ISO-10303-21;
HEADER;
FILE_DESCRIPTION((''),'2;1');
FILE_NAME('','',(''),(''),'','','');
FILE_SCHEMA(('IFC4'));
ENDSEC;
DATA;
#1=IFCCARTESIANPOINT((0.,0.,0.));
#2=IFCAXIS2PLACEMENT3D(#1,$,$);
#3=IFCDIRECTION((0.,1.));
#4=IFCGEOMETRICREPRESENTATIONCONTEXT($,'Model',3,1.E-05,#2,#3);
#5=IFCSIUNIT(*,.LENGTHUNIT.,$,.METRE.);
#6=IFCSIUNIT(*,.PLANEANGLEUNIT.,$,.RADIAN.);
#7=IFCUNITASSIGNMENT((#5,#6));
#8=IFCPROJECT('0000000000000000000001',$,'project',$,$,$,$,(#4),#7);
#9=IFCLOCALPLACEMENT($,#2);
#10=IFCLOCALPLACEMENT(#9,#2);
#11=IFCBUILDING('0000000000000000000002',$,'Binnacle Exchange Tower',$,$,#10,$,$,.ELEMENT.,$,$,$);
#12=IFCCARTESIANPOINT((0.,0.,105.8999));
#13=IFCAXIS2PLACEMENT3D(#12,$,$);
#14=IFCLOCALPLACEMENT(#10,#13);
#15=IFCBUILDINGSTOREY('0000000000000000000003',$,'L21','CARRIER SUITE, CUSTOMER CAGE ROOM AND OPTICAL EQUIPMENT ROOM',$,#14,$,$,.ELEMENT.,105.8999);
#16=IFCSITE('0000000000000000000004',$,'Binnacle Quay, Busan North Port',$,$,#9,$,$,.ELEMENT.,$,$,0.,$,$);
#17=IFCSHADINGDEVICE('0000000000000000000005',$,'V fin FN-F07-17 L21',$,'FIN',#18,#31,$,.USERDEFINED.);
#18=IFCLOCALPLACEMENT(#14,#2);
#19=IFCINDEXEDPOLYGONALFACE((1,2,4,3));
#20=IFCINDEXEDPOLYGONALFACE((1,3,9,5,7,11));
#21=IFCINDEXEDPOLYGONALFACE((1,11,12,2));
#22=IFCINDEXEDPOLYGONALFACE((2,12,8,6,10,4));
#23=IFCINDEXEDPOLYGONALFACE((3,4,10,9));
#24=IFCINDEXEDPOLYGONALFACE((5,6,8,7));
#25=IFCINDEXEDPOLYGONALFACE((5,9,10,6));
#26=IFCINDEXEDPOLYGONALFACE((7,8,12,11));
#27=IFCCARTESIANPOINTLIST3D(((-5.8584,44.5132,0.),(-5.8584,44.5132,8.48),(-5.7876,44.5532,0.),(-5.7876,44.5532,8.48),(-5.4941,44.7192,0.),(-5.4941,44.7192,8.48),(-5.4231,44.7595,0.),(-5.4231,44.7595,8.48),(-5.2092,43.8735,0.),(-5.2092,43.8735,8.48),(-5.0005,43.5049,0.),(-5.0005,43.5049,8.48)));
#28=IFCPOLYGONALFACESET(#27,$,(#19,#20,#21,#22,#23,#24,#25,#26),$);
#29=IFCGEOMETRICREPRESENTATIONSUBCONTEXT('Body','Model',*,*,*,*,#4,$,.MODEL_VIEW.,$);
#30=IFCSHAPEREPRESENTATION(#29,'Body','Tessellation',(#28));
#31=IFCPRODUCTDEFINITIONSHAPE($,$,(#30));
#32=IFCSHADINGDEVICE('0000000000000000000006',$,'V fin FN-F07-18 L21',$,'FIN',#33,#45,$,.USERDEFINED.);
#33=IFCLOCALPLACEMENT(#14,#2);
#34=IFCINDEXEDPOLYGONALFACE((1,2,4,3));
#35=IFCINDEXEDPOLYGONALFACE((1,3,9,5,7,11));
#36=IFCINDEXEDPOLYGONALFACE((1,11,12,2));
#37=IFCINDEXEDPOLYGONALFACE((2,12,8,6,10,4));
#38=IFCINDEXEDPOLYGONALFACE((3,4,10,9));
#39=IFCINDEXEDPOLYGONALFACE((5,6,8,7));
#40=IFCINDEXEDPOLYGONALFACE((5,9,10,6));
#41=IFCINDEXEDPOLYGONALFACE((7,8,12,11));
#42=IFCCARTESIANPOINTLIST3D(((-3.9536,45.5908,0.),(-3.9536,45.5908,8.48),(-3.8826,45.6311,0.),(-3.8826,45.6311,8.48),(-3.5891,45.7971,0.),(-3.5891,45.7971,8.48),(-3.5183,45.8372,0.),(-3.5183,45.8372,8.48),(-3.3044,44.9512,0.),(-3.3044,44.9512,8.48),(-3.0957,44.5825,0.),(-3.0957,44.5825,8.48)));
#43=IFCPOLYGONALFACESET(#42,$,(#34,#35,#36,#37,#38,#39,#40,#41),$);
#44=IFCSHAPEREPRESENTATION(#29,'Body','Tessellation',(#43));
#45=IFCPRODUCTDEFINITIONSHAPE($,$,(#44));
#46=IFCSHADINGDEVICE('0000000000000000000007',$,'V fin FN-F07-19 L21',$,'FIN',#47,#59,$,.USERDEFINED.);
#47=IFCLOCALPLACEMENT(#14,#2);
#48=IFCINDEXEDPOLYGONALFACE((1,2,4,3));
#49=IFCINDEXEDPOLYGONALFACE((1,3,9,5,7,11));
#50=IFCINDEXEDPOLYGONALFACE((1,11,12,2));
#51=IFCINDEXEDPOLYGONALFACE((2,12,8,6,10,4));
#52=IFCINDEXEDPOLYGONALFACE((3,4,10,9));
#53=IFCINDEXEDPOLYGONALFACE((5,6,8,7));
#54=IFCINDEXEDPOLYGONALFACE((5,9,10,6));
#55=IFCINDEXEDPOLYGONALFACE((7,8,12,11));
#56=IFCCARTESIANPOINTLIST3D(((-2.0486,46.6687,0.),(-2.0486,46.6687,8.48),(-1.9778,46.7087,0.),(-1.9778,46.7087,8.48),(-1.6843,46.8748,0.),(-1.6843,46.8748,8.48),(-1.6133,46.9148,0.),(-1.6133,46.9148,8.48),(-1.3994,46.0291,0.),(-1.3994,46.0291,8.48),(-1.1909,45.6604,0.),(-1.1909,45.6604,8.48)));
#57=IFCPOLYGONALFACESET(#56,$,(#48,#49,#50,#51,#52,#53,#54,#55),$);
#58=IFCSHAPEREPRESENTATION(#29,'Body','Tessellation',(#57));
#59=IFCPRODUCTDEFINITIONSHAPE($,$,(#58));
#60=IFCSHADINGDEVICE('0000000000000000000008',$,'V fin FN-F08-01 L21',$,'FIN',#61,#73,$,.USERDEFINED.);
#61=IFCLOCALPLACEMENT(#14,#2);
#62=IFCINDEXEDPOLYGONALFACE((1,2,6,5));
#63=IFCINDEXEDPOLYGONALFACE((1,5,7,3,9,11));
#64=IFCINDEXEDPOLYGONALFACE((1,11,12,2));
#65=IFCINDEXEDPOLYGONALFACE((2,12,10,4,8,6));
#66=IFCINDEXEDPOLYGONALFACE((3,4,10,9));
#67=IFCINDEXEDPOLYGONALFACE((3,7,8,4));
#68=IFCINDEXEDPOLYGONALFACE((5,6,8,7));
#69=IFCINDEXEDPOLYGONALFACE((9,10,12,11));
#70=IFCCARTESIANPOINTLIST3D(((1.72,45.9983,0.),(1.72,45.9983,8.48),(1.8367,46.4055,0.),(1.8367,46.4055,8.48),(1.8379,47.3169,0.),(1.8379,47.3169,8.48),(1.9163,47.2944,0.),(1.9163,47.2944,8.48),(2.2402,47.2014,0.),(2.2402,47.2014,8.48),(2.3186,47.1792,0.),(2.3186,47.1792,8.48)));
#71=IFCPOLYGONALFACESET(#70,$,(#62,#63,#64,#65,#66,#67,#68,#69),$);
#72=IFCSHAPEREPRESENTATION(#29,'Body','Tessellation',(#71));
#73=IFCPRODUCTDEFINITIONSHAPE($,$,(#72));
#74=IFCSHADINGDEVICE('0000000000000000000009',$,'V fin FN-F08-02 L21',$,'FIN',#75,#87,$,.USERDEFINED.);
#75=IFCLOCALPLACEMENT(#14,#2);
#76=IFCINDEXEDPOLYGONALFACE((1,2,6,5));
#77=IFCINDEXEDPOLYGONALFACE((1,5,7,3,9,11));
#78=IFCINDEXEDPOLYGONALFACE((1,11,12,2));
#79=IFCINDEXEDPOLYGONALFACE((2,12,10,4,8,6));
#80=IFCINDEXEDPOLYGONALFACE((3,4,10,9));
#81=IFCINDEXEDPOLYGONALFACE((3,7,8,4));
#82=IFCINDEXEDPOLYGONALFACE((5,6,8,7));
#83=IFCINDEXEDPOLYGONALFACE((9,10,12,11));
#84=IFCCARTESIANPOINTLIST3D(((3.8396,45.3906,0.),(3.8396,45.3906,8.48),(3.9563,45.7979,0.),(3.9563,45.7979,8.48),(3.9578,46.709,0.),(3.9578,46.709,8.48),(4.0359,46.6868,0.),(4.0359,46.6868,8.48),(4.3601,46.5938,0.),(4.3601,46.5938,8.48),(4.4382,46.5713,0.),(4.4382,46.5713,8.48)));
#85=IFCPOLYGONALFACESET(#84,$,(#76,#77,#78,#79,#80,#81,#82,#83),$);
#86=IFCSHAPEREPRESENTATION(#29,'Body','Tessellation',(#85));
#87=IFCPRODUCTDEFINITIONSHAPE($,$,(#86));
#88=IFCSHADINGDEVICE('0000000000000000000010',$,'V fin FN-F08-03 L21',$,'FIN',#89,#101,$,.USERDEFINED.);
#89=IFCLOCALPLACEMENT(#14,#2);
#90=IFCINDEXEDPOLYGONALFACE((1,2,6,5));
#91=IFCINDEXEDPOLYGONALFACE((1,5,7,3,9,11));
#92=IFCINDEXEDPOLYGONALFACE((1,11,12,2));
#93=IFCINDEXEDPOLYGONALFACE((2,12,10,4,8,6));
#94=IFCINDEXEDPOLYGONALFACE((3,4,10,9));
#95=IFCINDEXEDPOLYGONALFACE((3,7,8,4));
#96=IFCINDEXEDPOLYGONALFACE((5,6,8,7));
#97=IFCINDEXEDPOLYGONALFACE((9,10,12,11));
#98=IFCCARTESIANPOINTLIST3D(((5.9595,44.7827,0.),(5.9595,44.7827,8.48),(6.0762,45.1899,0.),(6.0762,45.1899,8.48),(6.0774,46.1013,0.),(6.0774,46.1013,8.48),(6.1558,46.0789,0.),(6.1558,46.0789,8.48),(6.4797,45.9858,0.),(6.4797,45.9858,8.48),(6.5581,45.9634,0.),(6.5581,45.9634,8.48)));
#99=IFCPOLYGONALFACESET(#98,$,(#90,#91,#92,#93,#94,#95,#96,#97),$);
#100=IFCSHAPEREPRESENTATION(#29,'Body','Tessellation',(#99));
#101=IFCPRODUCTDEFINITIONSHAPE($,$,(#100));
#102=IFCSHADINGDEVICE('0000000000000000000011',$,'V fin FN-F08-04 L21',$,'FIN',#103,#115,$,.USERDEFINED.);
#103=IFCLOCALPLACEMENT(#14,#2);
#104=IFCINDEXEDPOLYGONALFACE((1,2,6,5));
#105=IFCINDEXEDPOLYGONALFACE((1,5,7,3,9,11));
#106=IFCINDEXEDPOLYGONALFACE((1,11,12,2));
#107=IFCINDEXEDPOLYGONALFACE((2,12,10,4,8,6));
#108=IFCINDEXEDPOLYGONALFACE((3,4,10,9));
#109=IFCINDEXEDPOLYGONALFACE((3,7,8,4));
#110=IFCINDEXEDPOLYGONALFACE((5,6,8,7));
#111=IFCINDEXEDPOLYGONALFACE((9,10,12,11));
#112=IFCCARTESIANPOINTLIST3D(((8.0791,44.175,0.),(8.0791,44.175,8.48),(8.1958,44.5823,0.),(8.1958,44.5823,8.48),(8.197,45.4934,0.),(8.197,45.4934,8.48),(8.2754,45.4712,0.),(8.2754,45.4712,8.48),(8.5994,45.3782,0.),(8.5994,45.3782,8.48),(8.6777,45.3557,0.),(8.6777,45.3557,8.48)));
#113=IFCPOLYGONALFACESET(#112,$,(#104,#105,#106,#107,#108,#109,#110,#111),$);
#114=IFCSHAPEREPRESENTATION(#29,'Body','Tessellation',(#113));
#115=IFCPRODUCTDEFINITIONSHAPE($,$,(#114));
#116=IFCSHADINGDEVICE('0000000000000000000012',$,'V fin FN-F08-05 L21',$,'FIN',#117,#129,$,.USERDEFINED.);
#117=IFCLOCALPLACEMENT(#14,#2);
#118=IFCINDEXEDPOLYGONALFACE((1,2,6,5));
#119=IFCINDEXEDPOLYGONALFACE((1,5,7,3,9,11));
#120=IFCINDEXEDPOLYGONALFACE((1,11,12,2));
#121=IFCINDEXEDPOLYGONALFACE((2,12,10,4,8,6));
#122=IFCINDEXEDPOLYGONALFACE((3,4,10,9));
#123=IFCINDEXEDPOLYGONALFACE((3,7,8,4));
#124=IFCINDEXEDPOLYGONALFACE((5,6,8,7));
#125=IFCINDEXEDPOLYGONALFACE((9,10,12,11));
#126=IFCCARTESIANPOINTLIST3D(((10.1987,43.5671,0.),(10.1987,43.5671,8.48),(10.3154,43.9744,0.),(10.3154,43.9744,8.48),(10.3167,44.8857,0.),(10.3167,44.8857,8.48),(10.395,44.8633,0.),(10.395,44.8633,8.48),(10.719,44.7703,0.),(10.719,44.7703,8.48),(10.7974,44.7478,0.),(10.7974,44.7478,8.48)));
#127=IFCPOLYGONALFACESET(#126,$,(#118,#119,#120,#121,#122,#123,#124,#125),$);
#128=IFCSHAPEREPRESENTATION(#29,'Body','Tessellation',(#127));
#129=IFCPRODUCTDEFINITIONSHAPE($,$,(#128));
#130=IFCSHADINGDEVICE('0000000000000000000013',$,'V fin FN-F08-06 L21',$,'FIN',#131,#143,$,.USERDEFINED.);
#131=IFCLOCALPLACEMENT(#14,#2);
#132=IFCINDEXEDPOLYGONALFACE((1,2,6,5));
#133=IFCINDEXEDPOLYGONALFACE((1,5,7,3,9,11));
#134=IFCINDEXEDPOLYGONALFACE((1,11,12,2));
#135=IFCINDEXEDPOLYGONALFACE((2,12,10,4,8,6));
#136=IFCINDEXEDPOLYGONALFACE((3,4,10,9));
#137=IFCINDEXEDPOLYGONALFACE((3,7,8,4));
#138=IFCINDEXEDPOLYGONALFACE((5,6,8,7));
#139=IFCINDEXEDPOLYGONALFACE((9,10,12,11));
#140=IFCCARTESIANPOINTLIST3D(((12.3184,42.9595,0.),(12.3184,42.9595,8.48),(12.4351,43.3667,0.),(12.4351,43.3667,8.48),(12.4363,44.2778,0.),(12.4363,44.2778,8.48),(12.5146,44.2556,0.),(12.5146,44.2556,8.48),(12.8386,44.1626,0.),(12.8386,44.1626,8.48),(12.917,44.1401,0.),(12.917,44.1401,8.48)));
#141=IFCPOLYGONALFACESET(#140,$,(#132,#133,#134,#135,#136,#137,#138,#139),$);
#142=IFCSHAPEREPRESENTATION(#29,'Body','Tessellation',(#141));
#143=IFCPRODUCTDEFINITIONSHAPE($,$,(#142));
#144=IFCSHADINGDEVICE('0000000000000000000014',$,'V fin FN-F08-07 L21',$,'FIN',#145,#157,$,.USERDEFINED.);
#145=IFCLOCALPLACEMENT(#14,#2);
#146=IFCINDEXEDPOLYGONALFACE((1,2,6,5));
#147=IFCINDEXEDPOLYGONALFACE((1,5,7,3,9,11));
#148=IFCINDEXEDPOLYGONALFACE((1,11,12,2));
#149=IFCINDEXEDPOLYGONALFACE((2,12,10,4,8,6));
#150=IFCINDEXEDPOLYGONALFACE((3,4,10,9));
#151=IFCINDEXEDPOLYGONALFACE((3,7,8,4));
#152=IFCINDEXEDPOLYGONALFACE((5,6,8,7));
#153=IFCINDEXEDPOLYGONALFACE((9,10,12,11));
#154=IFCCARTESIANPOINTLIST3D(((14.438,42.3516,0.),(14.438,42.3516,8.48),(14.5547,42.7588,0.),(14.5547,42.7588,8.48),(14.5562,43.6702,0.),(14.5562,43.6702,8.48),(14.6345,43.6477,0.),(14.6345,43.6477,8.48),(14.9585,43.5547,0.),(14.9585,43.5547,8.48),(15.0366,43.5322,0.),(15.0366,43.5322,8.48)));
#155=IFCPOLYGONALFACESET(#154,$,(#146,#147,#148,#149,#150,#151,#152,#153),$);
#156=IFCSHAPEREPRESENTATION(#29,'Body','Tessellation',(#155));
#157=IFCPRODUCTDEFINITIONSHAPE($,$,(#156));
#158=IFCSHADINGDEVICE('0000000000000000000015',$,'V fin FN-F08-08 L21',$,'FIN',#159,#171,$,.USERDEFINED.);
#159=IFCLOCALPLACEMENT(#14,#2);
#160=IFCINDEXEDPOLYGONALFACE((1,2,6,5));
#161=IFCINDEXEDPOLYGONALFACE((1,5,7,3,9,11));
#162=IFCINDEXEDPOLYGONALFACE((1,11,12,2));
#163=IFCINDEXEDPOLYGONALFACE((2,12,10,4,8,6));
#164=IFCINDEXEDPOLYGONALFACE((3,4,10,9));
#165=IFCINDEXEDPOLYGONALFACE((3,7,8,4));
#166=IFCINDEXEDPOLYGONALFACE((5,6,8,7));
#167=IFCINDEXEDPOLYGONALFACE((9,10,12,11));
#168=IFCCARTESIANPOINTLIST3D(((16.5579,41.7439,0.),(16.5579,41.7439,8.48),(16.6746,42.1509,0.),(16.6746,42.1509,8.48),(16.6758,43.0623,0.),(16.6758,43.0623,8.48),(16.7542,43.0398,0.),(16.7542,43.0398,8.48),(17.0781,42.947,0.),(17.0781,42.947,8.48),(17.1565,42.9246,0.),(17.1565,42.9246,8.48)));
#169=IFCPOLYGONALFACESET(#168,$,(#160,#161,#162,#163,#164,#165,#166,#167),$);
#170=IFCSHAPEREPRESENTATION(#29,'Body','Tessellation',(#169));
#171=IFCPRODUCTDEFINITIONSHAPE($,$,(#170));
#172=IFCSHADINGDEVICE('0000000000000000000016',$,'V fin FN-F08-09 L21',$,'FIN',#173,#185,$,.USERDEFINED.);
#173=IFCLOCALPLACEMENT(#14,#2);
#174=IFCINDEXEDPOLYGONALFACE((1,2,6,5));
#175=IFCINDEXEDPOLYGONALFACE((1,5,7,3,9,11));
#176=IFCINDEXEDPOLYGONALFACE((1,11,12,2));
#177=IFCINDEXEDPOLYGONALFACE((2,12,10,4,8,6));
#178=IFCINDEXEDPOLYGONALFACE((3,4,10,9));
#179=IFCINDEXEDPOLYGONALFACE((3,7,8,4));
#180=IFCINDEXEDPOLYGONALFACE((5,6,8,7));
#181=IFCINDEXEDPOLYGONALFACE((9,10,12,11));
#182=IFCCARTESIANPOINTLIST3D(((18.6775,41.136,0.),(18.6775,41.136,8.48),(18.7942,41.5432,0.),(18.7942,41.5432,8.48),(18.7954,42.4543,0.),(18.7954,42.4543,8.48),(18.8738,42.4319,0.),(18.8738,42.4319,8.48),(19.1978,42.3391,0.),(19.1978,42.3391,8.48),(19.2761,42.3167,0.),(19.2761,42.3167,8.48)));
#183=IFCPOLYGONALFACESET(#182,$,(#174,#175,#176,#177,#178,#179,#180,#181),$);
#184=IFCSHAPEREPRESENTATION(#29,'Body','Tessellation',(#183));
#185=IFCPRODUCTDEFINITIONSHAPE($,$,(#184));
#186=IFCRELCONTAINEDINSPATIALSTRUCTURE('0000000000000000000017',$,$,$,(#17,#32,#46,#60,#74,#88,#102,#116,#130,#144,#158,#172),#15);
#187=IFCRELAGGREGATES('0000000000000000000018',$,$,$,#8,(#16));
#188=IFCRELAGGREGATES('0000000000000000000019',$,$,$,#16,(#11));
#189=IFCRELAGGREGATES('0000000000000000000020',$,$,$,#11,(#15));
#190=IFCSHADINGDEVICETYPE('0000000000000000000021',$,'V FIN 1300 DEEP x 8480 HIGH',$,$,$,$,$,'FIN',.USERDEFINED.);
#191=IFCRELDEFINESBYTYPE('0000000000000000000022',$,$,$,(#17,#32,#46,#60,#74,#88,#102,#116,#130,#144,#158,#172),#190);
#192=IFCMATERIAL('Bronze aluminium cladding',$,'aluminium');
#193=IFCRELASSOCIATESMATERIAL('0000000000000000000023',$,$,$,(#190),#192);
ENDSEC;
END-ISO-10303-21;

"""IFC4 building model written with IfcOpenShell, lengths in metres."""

from ifc_helpers import new_model, si_unit, direction, frame, origin, place, context, subcontext, project, spatial, polyline, outline, extrude, material, type_object, element, save


model = new_model("IFC4")

# Units and contexts
model_context = context("Model", 3, precision=1e-05, world=origin(), true_north=direction((0.0, 1.0)))
body_context = subcontext(model_context, "Body", "Model", "MODEL_VIEW")
ifc_project = project(units=[si_unit("LENGTHUNIT", "METRE"), si_unit("PLANEANGLEUNIT", "RADIAN")], contexts=[model_context])

# Site, building, storey
site_placement = place(None, origin())
site = spatial("IfcSite", under=ifc_project, at=site_placement, Name="Binnacle Quay, Busan North Port", CompositionType="ELEMENT", RefElevation=0.0)
building_placement = place(site_placement, origin())
building = spatial("IfcBuilding", under=site, at=building_placement, Name="Binnacle Exchange Tower", CompositionType="ELEMENT")
storey_placement = place(building_placement, frame((0.0, 0.0, 105.8999)))
storey = spatial("IfcBuildingStorey", under=building, at=storey_placement, Name="L21", Description="CARRIER SUITE, CUSTOMER CAGE ROOM AND OPTICAL EQUIPMENT ROOM", CompositionType="ELEMENT", Elevation=105.8999)

# Shading devices
ifc_material = material(Name="Bronze aluminium cladding", Category="aluminium")
shading_device_type = type_object("IfcShadingDeviceType", Name="V FIN 1300 DEEP x 8480 HIGH", ElementType="FIN", PredefinedType="USERDEFINED", material=ifc_material)
shading_device_1_placement = place(storey_placement, origin())
element("IfcShadingDevice", 1, at=shading_device_1_placement, inside=storey, type_object=shading_device_type, Name="V fin FN-F07-17 L21", ObjectType="FIN", PredefinedType="USERDEFINED", context=body_context, shape_type="SweptSolid", body=[
    extrude(outline(polyline([(-5.8584, 44.5132), (-5.0005, 43.5049), (-5.4231, 44.7595), (-5.4941, 44.7192), (-5.2092, 43.8735), (-5.7876, 44.5532), (-5.8584, 44.5132)])), origin(), (0.0, 0.0, 1.0), 8.48),
])
shading_device_2_placement = place(storey_placement, origin())
element("IfcShadingDevice", 2, at=shading_device_2_placement, inside=storey, type_object=shading_device_type, Name="V fin FN-F07-18 L21", ObjectType="FIN", PredefinedType="USERDEFINED", context=body_context, shape_type="SweptSolid", body=[
    extrude(outline(polyline([(-3.9536, 45.5908), (-3.0957, 44.5825), (-3.5183, 45.8372), (-3.5891, 45.7971), (-3.3044, 44.9512), (-3.8826, 45.6311), (-3.9536, 45.5908)])), origin(), (0.0, 0.0, 1.0), 8.48),
])
shading_device_3_placement = place(storey_placement, origin())
element("IfcShadingDevice", 3, at=shading_device_3_placement, inside=storey, type_object=shading_device_type, Name="V fin FN-F07-19 L21", ObjectType="FIN", PredefinedType="USERDEFINED", context=body_context, shape_type="SweptSolid", body=[
    extrude(outline(polyline([(-2.0486, 46.6687), (-1.1909, 45.6604), (-1.6133, 46.9148), (-1.6843, 46.8748), (-1.3994, 46.0291), (-1.9778, 46.7087), (-2.0486, 46.6687)])), origin(), (0.0, 0.0, 1.0), 8.48),
])
shading_device_4_placement = place(storey_placement, origin())
element("IfcShadingDevice", 4, at=shading_device_4_placement, inside=storey, type_object=shading_device_type, Name="V fin FN-F08-01 L21", ObjectType="FIN", PredefinedType="USERDEFINED", context=body_context, shape_type="SweptSolid", body=[
    extrude(outline(polyline([(1.8379, 47.3169), (1.72, 45.9983), (2.3186, 47.1792), (2.2402, 47.2014), (1.8367, 46.4055), (1.9163, 47.2944), (1.8379, 47.3169)])), origin(), (0.0, 0.0, 1.0), 8.48),
])
shading_device_5_placement = place(storey_placement, origin())
element("IfcShadingDevice", 5, at=shading_device_5_placement, inside=storey, type_object=shading_device_type, Name="V fin FN-F08-02 L21", ObjectType="FIN", PredefinedType="USERDEFINED", context=body_context, shape_type="SweptSolid", body=[
    extrude(outline(polyline([(3.9578, 46.709), (3.8396, 45.3906), (4.4382, 46.5713), (4.3601, 46.5938), (3.9563, 45.7979), (4.0359, 46.6868), (3.9578, 46.709)])), origin(), (0.0, 0.0, 1.0), 8.48),
])
shading_device_6_placement = place(storey_placement, origin())
element("IfcShadingDevice", 6, at=shading_device_6_placement, inside=storey, type_object=shading_device_type, Name="V fin FN-F08-03 L21", ObjectType="FIN", PredefinedType="USERDEFINED", context=body_context, shape_type="SweptSolid", body=[
    extrude(outline(polyline([(6.0774, 46.1013), (5.9595, 44.7827), (6.5581, 45.9634), (6.4797, 45.9858), (6.0762, 45.1899), (6.1558, 46.0789), (6.0774, 46.1013)])), origin(), (0.0, 0.0, 1.0), 8.48),
])
shading_device_7_placement = place(storey_placement, origin())
element("IfcShadingDevice", 7, at=shading_device_7_placement, inside=storey, type_object=shading_device_type, Name="V fin FN-F08-04 L21", ObjectType="FIN", PredefinedType="USERDEFINED", context=body_context, shape_type="SweptSolid", body=[
    extrude(outline(polyline([(8.197, 45.4934), (8.0791, 44.175), (8.6777, 45.3557), (8.5994, 45.3782), (8.1958, 44.5823), (8.2754, 45.4712), (8.197, 45.4934)])), origin(), (0.0, 0.0, 1.0), 8.48),
])
shading_device_8_placement = place(storey_placement, origin())
element("IfcShadingDevice", 8, at=shading_device_8_placement, inside=storey, type_object=shading_device_type, Name="V fin FN-F08-05 L21", ObjectType="FIN", PredefinedType="USERDEFINED", context=body_context, shape_type="SweptSolid", body=[
    extrude(outline(polyline([(10.3167, 44.8857), (10.1987, 43.5671), (10.7974, 44.7478), (10.719, 44.7703), (10.3154, 43.9744), (10.395, 44.8633), (10.3167, 44.8857)])), origin(), (0.0, 0.0, 1.0), 8.48),
])
shading_device_9_placement = place(storey_placement, origin())
element("IfcShadingDevice", 9, at=shading_device_9_placement, inside=storey, type_object=shading_device_type, Name="V fin FN-F08-06 L21", ObjectType="FIN", PredefinedType="USERDEFINED", context=body_context, shape_type="SweptSolid", body=[
    extrude(outline(polyline([(12.4363, 44.2778), (12.3184, 42.9595), (12.917, 44.1401), (12.8386, 44.1626), (12.4351, 43.3667), (12.5146, 44.2556), (12.4363, 44.2778)])), origin(), (0.0, 0.0, 1.0), 8.48),
])
shading_device_10_placement = place(storey_placement, origin())
element("IfcShadingDevice", 10, at=shading_device_10_placement, inside=storey, type_object=shading_device_type, Name="V fin FN-F08-07 L21", ObjectType="FIN", PredefinedType="USERDEFINED", context=body_context, shape_type="SweptSolid", body=[
    extrude(outline(polyline([(14.5562, 43.6702), (14.438, 42.3516), (15.0366, 43.5322), (14.9585, 43.5547), (14.5547, 42.7588), (14.6345, 43.6477), (14.5562, 43.6702)])), origin(), (0.0, 0.0, 1.0), 8.48),
])
shading_device_11_placement = place(storey_placement, origin())
element("IfcShadingDevice", 11, at=shading_device_11_placement, inside=storey, type_object=shading_device_type, Name="V fin FN-F08-08 L21", ObjectType="FIN", PredefinedType="USERDEFINED", context=body_context, shape_type="SweptSolid", body=[
    extrude(outline(polyline([(16.6758, 43.0623), (16.5579, 41.7439), (17.1565, 42.9246), (17.0781, 42.947), (16.6746, 42.1509), (16.7542, 43.0398), (16.6758, 43.0623)])), origin(), (0.0, 0.0, 1.0), 8.48),
])
shading_device_12_placement = place(storey_placement, origin())
element("IfcShadingDevice", 12, at=shading_device_12_placement, inside=storey, type_object=shading_device_type, Name="V fin FN-F08-09 L21", ObjectType="FIN", PredefinedType="USERDEFINED", context=body_context, shape_type="SweptSolid", body=[
    extrude(outline(polyline([(18.7954, 42.4543), (18.6775, 41.136), (19.2761, 42.3167), (19.1978, 42.3391), (18.7942, 41.5432), (18.8738, 42.4319), (18.7954, 42.4543)])), origin(), (0.0, 0.0, 1.0), 8.48),
])

save(model, "model.ifc")
